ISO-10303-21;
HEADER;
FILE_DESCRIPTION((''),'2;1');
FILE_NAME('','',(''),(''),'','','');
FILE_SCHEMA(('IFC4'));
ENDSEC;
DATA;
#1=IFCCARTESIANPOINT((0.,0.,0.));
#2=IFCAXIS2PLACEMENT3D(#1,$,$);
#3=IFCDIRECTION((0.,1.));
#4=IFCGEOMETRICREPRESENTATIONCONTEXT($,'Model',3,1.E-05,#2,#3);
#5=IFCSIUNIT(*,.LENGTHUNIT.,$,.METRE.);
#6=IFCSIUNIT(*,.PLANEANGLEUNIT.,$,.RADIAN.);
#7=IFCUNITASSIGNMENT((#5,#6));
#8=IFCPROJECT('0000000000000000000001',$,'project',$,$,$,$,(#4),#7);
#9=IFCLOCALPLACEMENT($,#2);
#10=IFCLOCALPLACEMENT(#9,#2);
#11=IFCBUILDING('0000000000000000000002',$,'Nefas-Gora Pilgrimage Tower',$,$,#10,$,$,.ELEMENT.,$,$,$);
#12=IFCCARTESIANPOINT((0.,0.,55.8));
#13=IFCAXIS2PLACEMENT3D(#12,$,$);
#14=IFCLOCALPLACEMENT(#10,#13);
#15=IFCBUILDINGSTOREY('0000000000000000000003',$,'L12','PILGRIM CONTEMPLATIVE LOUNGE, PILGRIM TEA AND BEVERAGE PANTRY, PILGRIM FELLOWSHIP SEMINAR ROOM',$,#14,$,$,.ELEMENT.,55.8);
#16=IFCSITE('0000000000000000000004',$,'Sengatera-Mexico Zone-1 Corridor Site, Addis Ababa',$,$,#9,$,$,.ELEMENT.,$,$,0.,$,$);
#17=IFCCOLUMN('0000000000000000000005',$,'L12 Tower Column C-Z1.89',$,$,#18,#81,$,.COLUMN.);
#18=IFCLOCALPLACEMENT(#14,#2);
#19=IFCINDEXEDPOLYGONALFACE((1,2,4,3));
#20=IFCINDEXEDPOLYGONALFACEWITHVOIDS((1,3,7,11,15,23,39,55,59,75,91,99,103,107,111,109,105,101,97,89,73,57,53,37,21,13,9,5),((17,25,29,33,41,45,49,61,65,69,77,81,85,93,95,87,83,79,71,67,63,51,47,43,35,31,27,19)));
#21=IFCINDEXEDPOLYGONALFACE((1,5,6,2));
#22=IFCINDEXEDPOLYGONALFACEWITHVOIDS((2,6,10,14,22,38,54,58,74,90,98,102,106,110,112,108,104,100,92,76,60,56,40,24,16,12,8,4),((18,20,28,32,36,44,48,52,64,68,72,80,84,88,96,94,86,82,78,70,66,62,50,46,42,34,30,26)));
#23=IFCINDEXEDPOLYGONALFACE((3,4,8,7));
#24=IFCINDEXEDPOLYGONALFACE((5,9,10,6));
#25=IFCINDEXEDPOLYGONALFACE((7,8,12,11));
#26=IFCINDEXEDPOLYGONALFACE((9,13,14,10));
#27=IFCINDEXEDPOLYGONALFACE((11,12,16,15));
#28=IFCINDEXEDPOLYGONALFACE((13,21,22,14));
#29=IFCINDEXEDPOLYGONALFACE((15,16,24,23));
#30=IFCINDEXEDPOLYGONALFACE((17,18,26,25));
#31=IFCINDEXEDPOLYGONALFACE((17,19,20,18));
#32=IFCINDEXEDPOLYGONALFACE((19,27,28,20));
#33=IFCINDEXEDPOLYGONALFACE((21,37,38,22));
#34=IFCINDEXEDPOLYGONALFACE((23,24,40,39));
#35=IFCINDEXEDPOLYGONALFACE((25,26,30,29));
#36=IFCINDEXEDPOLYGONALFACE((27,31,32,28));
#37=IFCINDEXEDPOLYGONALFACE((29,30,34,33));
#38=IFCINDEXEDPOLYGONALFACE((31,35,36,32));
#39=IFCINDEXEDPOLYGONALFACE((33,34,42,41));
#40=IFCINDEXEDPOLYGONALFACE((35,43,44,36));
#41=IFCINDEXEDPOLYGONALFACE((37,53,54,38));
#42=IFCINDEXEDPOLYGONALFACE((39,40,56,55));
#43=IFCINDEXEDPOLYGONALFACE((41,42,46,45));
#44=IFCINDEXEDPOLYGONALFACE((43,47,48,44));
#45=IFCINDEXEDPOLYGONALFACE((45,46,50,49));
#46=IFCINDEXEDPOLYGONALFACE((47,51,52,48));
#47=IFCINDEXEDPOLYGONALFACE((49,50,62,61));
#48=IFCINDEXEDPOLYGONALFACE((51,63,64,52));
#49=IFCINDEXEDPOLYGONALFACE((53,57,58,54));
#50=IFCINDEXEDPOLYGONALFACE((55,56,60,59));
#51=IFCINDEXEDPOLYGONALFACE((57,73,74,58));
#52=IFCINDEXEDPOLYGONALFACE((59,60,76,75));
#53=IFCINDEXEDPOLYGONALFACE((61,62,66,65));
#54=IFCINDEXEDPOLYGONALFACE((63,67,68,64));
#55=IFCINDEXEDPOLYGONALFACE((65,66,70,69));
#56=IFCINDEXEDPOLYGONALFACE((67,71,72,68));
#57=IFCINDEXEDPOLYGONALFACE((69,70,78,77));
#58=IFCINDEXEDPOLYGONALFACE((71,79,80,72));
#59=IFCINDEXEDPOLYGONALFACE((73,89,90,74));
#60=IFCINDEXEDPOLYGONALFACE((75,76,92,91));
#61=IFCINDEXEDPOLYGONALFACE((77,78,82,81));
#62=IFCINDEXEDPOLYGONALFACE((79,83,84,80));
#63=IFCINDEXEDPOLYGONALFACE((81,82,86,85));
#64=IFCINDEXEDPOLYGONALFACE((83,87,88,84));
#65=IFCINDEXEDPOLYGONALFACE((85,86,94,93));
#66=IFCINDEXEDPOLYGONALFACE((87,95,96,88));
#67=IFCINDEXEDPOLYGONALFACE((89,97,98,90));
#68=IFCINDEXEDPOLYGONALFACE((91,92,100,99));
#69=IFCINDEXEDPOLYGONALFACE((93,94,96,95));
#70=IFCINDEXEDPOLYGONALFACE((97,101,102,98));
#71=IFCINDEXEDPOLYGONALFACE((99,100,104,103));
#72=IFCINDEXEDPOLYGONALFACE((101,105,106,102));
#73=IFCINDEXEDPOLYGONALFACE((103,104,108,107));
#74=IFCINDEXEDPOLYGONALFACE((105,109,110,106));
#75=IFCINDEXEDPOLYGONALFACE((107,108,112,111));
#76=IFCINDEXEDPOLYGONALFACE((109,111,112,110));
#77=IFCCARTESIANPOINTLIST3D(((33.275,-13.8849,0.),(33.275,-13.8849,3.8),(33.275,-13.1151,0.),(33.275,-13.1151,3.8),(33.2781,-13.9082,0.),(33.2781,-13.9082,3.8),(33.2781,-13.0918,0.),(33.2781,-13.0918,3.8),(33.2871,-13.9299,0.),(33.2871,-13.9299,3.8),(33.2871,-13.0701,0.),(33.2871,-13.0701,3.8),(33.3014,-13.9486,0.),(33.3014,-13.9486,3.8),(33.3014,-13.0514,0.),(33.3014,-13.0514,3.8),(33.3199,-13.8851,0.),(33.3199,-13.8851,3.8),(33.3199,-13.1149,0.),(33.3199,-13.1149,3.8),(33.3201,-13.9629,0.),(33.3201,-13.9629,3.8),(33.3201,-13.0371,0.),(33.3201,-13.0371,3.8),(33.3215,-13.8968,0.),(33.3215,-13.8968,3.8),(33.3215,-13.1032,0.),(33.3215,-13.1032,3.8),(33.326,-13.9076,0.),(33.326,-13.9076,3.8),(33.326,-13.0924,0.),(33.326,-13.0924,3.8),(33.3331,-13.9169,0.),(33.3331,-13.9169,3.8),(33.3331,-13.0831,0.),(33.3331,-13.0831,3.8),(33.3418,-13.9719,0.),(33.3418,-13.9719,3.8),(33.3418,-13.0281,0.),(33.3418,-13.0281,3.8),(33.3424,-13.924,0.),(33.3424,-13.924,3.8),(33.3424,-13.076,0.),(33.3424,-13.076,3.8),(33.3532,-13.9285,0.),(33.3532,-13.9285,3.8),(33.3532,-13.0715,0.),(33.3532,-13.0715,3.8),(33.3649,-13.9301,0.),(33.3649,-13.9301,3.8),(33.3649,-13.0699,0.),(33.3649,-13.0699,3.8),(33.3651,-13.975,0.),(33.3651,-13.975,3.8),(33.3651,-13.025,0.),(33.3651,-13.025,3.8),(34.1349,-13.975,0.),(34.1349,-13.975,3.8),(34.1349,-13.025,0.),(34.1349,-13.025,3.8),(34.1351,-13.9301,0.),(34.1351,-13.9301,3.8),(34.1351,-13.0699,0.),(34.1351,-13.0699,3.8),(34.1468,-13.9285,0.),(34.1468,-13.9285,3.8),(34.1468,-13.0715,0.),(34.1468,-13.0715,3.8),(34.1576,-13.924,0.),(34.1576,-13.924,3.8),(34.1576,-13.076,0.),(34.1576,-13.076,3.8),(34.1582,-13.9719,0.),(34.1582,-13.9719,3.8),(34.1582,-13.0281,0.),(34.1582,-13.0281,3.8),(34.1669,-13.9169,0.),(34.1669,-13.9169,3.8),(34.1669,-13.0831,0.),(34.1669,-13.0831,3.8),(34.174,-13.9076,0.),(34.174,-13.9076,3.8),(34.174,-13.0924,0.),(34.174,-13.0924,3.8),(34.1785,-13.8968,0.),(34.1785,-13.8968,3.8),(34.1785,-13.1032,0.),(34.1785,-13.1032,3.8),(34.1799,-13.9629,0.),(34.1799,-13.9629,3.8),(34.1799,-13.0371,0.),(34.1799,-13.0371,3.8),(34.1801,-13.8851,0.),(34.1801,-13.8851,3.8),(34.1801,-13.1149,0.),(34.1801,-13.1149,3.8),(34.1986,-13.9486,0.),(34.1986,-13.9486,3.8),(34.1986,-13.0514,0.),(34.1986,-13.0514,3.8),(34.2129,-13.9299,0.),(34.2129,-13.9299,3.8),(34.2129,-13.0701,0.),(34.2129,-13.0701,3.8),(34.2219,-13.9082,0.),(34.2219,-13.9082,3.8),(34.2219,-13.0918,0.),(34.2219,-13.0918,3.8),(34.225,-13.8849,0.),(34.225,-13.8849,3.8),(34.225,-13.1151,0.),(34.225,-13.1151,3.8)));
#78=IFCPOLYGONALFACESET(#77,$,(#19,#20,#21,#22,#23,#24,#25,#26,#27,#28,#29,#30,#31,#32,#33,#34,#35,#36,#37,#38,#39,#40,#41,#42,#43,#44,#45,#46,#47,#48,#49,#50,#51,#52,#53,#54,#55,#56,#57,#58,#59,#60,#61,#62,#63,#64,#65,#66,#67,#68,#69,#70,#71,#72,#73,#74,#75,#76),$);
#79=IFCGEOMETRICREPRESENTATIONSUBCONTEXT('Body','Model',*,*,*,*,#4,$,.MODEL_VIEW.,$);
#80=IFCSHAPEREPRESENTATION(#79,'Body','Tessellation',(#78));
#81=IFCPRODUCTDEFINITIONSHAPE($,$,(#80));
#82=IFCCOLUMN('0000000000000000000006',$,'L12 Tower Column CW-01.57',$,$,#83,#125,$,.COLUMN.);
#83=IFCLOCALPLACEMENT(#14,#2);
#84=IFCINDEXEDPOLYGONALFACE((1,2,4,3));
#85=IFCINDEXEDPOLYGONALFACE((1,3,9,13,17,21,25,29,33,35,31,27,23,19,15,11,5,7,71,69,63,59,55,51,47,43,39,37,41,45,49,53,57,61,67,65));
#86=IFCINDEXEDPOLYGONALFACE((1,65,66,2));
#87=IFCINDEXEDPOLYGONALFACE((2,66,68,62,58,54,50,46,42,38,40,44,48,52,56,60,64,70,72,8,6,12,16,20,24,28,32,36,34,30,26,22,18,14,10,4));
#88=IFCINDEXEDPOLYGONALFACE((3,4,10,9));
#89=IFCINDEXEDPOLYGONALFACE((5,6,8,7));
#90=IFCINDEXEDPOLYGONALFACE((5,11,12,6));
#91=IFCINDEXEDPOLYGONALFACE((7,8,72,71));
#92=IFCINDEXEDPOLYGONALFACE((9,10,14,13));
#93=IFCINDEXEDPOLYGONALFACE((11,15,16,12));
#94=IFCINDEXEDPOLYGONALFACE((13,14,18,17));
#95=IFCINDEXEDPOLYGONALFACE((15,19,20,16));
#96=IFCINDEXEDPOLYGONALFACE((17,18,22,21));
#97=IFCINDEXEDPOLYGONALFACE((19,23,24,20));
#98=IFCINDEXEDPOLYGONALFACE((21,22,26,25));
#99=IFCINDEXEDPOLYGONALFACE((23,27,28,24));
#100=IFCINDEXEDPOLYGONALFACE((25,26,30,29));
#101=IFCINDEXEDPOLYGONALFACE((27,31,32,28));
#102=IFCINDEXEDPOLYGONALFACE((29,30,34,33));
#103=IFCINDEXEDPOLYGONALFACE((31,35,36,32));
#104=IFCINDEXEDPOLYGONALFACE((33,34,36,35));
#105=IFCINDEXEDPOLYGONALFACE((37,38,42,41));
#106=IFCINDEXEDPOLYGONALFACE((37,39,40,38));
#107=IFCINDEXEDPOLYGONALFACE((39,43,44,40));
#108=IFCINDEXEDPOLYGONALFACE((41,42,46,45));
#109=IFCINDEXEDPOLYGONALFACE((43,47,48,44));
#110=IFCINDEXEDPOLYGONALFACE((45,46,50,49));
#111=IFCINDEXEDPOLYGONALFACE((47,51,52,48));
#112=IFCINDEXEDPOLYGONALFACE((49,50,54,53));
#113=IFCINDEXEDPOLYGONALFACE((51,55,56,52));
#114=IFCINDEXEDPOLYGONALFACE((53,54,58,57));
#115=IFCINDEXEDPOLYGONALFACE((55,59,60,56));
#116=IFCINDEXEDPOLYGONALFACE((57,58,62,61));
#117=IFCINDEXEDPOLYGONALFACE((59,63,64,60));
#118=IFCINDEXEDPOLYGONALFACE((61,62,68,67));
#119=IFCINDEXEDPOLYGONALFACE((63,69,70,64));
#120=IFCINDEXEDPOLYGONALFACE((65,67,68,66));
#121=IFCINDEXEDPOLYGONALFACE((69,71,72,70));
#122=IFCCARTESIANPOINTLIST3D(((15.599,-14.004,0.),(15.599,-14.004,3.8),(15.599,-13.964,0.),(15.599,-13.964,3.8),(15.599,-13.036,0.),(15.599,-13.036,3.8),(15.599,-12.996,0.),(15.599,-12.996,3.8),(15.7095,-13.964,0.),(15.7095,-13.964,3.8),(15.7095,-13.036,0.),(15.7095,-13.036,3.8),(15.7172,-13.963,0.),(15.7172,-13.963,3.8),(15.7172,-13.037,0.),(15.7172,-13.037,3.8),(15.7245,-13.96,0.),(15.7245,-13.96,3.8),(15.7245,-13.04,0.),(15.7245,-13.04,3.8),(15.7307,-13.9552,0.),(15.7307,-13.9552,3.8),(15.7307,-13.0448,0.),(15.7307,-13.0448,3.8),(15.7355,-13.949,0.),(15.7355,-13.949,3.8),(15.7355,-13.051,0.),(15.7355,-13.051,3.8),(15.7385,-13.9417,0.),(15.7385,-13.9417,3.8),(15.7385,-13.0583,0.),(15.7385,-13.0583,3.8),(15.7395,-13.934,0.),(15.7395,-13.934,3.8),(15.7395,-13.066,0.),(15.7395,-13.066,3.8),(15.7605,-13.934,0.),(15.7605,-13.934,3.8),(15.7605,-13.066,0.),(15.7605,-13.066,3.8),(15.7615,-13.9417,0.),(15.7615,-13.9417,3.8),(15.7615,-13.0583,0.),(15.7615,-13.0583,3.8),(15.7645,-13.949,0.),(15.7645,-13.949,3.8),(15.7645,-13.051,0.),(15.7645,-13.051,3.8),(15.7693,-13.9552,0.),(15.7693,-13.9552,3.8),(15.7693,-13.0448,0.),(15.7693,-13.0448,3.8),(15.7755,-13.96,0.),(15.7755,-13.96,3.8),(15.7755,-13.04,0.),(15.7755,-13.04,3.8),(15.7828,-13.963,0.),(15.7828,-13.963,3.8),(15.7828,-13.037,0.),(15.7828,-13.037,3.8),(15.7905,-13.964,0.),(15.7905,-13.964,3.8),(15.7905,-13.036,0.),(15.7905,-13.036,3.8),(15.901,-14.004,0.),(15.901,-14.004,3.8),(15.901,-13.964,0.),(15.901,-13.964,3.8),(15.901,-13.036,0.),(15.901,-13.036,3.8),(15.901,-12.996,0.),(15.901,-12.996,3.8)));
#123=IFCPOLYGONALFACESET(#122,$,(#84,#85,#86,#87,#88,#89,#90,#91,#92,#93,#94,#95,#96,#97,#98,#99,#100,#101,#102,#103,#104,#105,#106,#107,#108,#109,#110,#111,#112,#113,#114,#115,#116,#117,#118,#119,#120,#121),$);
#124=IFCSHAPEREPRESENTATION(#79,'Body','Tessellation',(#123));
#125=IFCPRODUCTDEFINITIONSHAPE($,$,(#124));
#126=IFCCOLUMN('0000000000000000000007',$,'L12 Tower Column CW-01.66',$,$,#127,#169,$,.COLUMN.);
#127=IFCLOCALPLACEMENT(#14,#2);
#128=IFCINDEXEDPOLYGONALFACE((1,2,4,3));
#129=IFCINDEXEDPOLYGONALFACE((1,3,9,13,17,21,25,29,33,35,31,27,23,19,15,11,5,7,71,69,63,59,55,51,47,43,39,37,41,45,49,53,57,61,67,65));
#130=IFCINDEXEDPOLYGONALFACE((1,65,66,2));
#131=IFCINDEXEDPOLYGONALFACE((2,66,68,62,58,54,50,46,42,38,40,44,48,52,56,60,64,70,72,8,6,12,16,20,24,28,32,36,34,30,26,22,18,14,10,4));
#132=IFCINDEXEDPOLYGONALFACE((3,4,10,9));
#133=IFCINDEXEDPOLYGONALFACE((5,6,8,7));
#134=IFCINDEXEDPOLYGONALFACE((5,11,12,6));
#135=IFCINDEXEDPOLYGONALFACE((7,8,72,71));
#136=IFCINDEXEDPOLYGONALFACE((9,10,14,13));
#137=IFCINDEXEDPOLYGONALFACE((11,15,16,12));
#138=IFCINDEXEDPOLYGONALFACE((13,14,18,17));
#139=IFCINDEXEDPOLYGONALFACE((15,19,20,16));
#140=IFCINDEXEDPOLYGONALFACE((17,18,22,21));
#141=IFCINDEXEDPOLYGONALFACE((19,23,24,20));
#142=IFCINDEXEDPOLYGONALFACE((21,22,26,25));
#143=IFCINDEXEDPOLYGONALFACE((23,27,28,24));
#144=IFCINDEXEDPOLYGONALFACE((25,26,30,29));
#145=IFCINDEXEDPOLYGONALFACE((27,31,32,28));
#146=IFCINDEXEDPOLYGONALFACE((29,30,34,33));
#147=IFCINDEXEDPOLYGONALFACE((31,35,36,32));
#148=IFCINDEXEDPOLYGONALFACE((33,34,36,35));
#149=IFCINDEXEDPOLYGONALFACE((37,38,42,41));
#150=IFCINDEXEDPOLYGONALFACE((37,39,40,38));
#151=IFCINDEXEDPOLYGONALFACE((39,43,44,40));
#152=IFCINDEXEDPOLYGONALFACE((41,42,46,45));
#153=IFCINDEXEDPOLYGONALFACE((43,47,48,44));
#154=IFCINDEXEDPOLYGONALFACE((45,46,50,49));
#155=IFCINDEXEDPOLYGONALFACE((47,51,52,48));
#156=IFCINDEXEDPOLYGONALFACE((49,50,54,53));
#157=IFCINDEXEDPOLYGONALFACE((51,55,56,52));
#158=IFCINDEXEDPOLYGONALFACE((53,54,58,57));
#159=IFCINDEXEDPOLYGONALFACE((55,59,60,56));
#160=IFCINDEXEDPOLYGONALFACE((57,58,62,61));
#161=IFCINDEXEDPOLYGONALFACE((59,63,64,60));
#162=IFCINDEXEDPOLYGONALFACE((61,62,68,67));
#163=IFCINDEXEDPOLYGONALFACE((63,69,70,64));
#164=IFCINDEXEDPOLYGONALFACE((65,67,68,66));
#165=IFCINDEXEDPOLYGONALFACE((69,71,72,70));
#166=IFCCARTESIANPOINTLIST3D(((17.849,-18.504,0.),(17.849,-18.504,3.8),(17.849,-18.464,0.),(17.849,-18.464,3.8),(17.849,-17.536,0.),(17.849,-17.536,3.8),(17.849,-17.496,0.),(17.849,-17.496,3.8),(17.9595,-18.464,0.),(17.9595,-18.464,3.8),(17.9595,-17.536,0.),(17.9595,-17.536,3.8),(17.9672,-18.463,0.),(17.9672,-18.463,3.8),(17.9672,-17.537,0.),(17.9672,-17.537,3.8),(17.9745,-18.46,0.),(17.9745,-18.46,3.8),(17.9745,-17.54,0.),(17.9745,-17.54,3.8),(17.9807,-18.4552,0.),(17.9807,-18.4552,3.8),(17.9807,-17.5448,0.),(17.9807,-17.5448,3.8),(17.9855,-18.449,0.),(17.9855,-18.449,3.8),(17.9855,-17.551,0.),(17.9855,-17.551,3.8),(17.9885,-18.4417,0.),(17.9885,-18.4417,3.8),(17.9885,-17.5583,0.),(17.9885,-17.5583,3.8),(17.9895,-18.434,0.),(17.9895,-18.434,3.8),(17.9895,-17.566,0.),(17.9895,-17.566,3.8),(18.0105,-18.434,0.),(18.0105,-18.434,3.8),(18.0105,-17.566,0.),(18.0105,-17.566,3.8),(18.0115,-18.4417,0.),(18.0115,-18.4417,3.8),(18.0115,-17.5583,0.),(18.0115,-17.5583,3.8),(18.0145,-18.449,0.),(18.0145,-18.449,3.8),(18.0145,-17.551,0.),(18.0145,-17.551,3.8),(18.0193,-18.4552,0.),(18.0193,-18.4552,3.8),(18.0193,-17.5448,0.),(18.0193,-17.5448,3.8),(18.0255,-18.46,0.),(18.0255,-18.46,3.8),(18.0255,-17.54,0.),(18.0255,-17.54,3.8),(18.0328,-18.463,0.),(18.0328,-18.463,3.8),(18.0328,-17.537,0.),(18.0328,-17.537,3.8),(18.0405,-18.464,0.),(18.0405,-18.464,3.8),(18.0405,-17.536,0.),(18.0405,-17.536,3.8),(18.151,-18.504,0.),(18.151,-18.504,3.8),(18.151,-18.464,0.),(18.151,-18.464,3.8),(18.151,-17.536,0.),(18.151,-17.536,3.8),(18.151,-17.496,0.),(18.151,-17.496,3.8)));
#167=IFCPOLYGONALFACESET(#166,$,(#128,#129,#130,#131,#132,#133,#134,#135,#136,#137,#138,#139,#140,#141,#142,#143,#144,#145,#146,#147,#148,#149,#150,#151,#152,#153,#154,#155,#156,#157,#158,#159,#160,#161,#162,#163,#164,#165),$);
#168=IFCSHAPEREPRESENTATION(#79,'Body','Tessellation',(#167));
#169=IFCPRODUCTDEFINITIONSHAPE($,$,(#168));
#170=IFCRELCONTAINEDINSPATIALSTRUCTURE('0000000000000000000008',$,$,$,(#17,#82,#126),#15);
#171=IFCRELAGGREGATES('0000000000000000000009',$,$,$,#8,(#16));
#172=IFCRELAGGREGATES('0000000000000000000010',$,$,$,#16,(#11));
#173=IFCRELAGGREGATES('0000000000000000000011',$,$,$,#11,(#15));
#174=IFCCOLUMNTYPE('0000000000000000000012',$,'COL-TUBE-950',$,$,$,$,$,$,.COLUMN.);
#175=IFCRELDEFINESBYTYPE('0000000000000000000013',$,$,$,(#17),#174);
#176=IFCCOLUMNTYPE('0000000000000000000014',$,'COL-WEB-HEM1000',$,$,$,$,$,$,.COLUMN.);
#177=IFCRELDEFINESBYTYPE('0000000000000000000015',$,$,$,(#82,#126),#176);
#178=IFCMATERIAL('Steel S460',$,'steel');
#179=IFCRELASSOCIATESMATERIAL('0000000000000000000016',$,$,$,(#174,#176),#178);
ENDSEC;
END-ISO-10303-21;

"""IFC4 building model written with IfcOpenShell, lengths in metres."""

from ifc_helpers import new_model, si_unit, direction, frame, origin, origin_2d, place, context, subcontext, project, spatial, hollow_rectangle, i_section, extrude, source, transform, mapped, material, material_profile, profile_set, type_object, element, save


model = new_model("IFC4")

# Units and contexts
model_context = context("Model", 3, precision=1e-05, world=origin(), true_north=direction((0.0, 1.0)))
body_context = subcontext(model_context, "Body", "Model", "MODEL_VIEW")
ifc_project = project(units=[si_unit("LENGTHUNIT", "METRE"), si_unit("PLANEANGLEUNIT", "RADIAN")], contexts=[model_context])

# Site, building, storey
site_placement = place(None, origin())
site = spatial("IfcSite", under=ifc_project, at=site_placement, Name="Sengatera-Mexico Zone-1 Corridor Site, Addis Ababa", CompositionType="ELEMENT", RefElevation=0.0)
building_placement = place(site_placement, origin())
building = spatial("IfcBuilding", under=site, at=building_placement, Name="Nefas-Gora Pilgrimage Tower", CompositionType="ELEMENT")
storey_placement = place(building_placement, frame((0.0, 0.0, 55.8)))
storey = spatial("IfcBuildingStorey", under=building, at=storey_placement, Name="L12", Description="PILGRIM CONTEMPLATIVE LOUNGE, PILGRIM TEA AND BEVERAGE PANTRY, PILGRIM FELLOWSHIP SEMINAR ROOM", CompositionType="ELEMENT", Elevation=55.8)

# Columns
ifc_material_1 = material(Name="Steel S460", Category="steel")
ifc_material_profile_1 = material_profile(ifc_material_1, hollow_rectangle(XDim=0.95, YDim=0.95, WallThickness=0.0449, InnerFilletRadius=0.0449, OuterFilletRadius=0.0901, at=origin_2d()), Name="BOX 950x950x45")
ifc_profile_set_1 = profile_set([ifc_material_profile_1], Name="Steel S460")
column_type_1 = type_object("IfcColumnType", Name="COL-TUBE-950", PredefinedType="COLUMN", material=ifc_profile_set_1)
shared_shape_1 = source(origin(), body_context, "Body", "SweptSolid", [
    extrude(hollow_rectangle(XDim=0.95, YDim=0.95, WallThickness=0.0449, InnerFilletRadius=0.0449, OuterFilletRadius=0.0901, at=origin_2d()), origin(), (0.0, 0.0, 1.0), 3.8),
])
for number, where, z_axis, x_axis, name in (
    (1, (33.75, -13.5, 0.0), (0.0, 0.0, 1.0), (1.0, 0.0, 0.0), "L12 Tower Column C-Z1.89"),
):
    element("IfcColumn", number, at=place(storey_placement, frame(where, z_axis=z_axis, x_axis=x_axis)), inside=storey, type_object=column_type_1, Name=name, PredefinedType="COLUMN", context=body_context, shape_type="MappedRepresentation", body=[
        mapped(shared_shape_1, transform((0.0, 0.0, 0.0), x_axis=(1.0, 0.0, 0.0), y_axis=(0.0, 1.0, 0.0), z_axis=(0.0, 0.0, 1.0), scale=1.0)),
    ])
ifc_material_profile_2 = material_profile(ifc_material_1, i_section(OverallWidth=0.302, OverallDepth=1.0081, WebThickness=0.021, FlangeThickness=0.04, FilletRadius=0.03, at=origin_2d()), Name="HEM 1000")
ifc_profile_set_2 = profile_set([ifc_material_profile_2], Name="Steel S460")
column_type_2 = type_object("IfcColumnType", Name="COL-WEB-HEM1000", PredefinedType="COLUMN", material=ifc_profile_set_2)
shared_shape_2 = source(origin(), body_context, "Body", "SweptSolid", [
    extrude(i_section(OverallWidth=0.302, OverallDepth=1.0081, WebThickness=0.021, FlangeThickness=0.04, FilletRadius=0.03, at=origin_2d()), origin(), (0.0, 0.0, 1.0), 3.8),
])
for number, where, z_axis, x_axis, name in (
    (2, (15.75, -13.5, 0.0), (0.0, 0.0, 1.0), (1.0, 0.0, 0.0), "L12 Tower Column CW-01.57"),
    (3, (18.0, -18.0, 0.0), (0.0, 0.0, 1.0), (1.0, 0.0, 0.0), "L12 Tower Column CW-01.66"),
):
    element("IfcColumn", number, at=place(storey_placement, frame(where, z_axis=z_axis, x_axis=x_axis)), inside=storey, type_object=column_type_2, Name=name, PredefinedType="COLUMN", context=body_context, shape_type="MappedRepresentation", body=[
        mapped(shared_shape_2, transform((0.0, 0.0, 0.0), x_axis=(1.0, 0.0, 0.0), y_axis=(0.0, 1.0, 0.0), z_axis=(0.0, 0.0, 1.0), scale=1.0)),
    ])

save(model, "model.ifc")
